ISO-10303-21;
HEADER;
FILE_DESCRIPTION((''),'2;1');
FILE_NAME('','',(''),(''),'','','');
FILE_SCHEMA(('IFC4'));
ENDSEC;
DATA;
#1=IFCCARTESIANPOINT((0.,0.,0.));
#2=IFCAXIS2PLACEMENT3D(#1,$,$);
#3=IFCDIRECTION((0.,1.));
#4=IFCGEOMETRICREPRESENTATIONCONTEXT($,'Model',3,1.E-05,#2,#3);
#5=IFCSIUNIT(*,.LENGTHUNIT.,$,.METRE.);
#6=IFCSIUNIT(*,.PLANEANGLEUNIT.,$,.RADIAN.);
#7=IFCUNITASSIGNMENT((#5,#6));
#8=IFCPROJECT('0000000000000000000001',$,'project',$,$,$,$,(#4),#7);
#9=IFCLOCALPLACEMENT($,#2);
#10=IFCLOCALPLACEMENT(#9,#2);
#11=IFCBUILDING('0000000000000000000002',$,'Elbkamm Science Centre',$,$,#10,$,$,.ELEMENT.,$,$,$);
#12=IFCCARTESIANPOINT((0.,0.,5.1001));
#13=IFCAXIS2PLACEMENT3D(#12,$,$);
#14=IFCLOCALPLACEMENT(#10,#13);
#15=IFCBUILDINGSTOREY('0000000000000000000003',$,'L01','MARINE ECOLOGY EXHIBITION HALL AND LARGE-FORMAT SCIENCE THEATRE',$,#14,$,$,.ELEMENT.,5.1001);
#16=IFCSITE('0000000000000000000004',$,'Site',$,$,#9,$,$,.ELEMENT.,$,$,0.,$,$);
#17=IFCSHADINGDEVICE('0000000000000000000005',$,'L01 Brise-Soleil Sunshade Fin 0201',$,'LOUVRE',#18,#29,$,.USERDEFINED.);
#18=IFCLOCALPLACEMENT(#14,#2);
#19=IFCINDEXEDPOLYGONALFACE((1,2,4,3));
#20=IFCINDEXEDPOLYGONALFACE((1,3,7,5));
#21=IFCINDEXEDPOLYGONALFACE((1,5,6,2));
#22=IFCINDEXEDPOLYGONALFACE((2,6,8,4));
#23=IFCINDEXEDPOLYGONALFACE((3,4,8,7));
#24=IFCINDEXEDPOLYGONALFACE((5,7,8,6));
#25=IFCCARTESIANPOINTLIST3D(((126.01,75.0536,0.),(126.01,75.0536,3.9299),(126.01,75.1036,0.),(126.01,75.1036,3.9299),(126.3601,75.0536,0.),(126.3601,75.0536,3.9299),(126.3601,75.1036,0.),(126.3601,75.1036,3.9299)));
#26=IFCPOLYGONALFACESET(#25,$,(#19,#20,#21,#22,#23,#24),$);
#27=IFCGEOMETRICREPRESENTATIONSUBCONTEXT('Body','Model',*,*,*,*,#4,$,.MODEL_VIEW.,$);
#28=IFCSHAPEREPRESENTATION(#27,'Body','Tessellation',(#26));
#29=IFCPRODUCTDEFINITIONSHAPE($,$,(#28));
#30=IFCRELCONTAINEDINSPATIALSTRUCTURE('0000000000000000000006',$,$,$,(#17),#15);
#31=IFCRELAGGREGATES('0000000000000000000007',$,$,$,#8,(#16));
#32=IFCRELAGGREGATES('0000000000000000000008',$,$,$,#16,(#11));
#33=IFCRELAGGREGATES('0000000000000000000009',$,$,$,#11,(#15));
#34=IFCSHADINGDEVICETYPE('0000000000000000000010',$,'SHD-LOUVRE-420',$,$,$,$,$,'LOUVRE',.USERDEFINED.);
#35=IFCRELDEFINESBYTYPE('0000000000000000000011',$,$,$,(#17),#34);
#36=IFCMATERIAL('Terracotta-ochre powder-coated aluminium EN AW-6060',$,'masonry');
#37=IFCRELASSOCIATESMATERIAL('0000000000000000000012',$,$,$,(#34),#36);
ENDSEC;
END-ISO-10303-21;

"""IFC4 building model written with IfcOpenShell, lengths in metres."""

from ifc_helpers import new_model, si_unit, direction, frame, origin, origin_2d, place, context, subcontext, project, spatial, rectangle, extrude, material, type_object, element, save


model = new_model("IFC4")

# Units and contexts
model_context = context("Model", 3, precision=1e-05, world=origin(), true_north=direction((0.0, 1.0)))
body_context = subcontext(model_context, "Body", "Model", "MODEL_VIEW")
ifc_project = project(units=[si_unit("LENGTHUNIT", "METRE"), si_unit("PLANEANGLEUNIT", "RADIAN")], contexts=[model_context])

# Site, building, storey
site_placement = place(None, origin())
site = spatial("IfcSite", under=ifc_project, at=site_placement, Name="Site", CompositionType="ELEMENT", RefElevation=0.0)
building_placement = place(site_placement, origin())
building = spatial("IfcBuilding", under=site, at=building_placement, Name="Elbkamm Science Centre", CompositionType="ELEMENT")
storey_placement = place(building_placement, frame((0.0, 0.0, 5.1001)))
storey = spatial("IfcBuildingStorey", under=building, at=storey_placement, Name="L01", Description="MARINE ECOLOGY EXHIBITION HALL AND LARGE-FORMAT SCIENCE THEATRE", CompositionType="ELEMENT", Elevation=5.1001)

# Shading device
ifc_material_1 = material(Name="Terracotta-ochre powder-coated aluminium EN AW-6060", Category="masonry")
shading_device_type = type_object("IfcShadingDeviceType", Name="SHD-LOUVRE-420", ElementType="LOUVRE", PredefinedType="USERDEFINED", material=ifc_material_1)
for number, where, z_axis, x_axis, name in (
    (1, (126.1851, 75.0786, 0.0), (0.0, 0.0, 1.0), (-1.0, 0.0, 0.0), "L01 Brise-Soleil Sunshade Fin 0201"),
):
    element("IfcShadingDevice", number, at=place(storey_placement, frame(where, z_axis=z_axis, x_axis=x_axis)), inside=storey, type_object=shading_device_type, Name=name, ObjectType="LOUVRE", PredefinedType="USERDEFINED", context=body_context, shape_type="SweptSolid", body=[
        extrude(rectangle(XDim=0.3501, YDim=0.05, at=origin_2d()), origin(), (0.0, 0.0, 1.0), 3.9299),
    ])

save(model, "model.ifc")
